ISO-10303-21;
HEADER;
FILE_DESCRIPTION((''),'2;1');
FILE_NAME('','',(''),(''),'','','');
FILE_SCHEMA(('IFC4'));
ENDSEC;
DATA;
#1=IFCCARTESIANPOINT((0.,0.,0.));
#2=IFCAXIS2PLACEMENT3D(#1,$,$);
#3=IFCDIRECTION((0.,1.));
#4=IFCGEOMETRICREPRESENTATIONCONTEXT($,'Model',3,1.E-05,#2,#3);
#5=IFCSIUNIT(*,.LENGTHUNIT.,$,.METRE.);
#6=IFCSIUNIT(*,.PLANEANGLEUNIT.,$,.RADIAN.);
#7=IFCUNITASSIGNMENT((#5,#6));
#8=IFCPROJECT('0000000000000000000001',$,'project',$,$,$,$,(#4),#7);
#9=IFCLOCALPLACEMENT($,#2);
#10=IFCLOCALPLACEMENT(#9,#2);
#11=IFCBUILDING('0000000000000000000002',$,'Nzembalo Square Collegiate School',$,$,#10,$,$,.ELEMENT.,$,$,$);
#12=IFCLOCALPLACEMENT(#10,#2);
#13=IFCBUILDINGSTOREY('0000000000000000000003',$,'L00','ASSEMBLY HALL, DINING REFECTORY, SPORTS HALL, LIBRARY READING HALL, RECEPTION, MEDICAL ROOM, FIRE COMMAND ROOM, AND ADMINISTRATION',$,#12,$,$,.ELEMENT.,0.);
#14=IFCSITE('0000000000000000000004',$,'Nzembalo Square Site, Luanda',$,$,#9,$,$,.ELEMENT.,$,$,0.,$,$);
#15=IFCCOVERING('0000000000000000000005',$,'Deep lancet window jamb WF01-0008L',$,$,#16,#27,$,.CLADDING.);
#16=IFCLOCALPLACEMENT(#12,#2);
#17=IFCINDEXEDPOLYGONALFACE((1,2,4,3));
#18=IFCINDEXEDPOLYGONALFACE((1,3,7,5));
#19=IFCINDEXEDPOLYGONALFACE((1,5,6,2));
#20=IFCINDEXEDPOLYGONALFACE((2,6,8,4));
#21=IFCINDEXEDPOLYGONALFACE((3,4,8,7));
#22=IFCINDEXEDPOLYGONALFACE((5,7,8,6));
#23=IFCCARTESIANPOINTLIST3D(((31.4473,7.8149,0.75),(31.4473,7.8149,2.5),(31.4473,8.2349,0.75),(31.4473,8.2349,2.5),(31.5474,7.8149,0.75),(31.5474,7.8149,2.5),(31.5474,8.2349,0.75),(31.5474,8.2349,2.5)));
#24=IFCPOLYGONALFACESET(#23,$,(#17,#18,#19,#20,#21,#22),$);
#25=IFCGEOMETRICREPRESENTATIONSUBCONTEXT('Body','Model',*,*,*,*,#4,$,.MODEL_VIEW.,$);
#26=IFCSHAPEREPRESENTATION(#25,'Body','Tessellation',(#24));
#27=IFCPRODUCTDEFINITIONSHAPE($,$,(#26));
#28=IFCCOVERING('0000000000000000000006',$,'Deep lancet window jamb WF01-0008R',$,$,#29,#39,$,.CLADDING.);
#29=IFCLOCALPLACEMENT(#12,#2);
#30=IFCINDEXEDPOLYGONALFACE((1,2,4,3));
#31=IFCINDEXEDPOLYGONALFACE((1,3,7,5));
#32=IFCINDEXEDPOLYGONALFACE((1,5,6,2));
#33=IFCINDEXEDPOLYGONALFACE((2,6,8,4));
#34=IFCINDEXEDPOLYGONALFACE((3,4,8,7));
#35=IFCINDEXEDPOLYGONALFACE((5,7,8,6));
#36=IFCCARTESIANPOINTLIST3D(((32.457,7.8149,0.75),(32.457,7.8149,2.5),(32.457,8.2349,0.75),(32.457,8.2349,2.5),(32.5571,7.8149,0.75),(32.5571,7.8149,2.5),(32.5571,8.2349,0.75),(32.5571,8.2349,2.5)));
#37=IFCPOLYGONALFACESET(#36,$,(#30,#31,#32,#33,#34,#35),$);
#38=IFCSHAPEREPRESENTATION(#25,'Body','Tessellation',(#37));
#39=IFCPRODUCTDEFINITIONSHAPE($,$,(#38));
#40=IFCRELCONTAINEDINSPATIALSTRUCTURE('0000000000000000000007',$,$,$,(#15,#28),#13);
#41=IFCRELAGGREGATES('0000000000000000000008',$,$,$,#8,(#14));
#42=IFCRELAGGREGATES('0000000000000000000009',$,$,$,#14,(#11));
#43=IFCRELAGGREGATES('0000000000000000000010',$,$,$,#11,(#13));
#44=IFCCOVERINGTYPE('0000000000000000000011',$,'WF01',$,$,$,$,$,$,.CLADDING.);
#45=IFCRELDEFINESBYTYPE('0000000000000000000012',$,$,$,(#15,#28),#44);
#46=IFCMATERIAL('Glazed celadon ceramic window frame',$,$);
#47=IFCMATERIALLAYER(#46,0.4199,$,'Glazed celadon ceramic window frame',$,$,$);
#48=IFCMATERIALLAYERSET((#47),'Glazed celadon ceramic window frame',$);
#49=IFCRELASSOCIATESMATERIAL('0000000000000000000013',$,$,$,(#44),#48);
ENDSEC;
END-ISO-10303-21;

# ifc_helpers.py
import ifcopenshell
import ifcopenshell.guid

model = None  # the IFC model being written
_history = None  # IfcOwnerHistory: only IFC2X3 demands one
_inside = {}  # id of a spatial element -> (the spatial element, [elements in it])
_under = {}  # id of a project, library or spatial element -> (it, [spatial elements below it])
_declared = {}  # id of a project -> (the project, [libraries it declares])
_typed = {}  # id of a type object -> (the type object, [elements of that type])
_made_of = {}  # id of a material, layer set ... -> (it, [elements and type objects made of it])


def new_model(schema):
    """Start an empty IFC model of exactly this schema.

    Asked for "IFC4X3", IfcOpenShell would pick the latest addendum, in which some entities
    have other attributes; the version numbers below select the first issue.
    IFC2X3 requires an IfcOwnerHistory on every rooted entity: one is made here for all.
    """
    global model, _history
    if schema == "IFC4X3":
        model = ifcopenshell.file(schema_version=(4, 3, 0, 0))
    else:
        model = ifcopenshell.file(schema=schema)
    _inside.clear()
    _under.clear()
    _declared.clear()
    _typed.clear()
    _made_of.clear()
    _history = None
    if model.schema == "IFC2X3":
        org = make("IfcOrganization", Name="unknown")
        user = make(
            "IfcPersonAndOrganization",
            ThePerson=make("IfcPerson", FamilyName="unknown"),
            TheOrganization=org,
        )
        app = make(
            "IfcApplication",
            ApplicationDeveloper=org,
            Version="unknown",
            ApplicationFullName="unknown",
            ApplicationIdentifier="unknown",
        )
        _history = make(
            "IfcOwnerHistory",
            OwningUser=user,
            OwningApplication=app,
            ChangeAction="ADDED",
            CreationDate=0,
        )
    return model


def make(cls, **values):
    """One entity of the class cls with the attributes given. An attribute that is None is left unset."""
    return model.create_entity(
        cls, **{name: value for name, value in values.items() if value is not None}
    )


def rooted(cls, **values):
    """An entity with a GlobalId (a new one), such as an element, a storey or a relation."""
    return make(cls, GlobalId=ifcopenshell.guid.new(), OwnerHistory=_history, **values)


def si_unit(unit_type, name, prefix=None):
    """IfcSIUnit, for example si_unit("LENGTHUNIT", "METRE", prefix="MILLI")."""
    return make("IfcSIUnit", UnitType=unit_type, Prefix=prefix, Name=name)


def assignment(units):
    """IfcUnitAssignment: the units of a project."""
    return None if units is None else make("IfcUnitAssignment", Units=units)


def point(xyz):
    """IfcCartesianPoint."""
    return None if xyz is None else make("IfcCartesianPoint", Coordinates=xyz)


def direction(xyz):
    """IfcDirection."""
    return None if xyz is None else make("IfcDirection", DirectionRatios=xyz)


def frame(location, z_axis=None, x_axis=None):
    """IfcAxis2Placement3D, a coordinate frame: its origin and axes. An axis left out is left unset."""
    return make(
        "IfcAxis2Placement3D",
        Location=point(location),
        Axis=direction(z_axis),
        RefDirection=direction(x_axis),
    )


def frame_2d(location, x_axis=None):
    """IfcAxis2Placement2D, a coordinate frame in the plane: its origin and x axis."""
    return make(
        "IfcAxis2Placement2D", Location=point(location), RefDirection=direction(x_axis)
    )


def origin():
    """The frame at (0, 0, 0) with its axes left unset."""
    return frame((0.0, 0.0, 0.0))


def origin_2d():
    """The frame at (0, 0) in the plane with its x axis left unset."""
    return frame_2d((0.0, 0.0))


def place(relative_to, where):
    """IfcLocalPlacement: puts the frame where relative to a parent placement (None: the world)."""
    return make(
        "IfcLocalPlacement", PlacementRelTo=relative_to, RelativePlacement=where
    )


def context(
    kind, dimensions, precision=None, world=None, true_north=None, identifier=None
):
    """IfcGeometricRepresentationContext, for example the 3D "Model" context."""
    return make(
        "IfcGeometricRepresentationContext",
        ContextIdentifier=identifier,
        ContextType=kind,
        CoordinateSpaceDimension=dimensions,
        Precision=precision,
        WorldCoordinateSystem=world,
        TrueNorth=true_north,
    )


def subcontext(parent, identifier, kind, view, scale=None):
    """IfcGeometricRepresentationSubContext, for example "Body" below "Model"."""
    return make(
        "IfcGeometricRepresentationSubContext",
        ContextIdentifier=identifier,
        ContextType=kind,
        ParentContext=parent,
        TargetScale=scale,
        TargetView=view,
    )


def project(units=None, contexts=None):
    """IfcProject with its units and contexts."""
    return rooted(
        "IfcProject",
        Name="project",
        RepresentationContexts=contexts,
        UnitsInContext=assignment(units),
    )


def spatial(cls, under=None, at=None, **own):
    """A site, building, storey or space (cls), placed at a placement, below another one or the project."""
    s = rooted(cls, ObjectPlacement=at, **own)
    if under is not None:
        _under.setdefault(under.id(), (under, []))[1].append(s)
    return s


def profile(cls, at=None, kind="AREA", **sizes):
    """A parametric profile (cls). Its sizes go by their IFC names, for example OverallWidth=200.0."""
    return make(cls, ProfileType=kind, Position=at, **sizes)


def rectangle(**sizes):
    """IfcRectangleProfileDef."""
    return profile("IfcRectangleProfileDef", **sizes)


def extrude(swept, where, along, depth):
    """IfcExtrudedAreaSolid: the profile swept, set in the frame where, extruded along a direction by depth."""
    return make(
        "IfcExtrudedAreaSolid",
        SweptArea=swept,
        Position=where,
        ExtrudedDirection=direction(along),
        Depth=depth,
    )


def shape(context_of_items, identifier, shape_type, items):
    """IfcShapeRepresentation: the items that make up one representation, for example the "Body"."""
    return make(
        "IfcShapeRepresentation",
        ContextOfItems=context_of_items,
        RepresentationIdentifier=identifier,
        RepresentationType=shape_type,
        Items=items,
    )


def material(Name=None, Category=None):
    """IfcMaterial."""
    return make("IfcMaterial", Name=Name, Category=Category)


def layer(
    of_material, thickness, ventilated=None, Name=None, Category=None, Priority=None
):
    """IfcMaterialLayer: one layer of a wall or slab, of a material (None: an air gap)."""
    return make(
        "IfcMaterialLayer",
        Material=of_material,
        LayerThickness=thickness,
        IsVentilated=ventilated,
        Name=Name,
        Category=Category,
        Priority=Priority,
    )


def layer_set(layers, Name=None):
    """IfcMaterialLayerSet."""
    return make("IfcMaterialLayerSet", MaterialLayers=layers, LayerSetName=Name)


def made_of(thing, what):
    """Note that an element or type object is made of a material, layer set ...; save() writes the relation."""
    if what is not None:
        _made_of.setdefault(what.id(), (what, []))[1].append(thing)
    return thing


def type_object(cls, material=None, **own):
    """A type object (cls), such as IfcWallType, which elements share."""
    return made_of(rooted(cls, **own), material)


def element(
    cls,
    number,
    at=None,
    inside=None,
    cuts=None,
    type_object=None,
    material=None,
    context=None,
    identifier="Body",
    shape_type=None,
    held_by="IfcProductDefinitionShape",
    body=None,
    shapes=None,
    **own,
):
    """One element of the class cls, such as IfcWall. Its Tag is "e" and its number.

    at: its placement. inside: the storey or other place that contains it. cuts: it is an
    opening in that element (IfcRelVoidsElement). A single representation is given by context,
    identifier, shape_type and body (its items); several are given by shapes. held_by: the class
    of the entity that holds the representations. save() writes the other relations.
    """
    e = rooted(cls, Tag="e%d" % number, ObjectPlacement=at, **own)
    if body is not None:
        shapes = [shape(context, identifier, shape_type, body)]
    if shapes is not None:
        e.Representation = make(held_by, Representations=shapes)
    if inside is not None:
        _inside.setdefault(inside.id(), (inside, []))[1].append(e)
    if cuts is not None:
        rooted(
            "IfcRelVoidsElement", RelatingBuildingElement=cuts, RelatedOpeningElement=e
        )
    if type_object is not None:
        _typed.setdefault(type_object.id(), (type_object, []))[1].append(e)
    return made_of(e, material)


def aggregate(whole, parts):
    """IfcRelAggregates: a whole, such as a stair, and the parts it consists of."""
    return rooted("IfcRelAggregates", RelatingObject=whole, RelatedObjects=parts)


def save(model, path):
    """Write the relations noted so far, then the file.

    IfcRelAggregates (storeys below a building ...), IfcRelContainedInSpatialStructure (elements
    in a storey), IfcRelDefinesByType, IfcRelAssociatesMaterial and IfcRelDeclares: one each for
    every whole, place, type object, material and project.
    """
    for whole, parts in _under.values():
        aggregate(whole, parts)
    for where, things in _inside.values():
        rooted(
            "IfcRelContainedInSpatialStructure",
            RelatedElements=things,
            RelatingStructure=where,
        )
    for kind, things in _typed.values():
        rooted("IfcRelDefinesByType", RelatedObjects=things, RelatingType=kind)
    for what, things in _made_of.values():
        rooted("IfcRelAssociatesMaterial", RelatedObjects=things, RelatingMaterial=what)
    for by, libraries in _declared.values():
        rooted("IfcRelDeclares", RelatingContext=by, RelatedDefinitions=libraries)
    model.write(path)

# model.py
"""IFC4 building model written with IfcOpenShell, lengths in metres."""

from ifc_helpers import new_model, si_unit, direction, frame, origin, origin_2d, place, context, subcontext, project, spatial, rectangle, extrude, material, layer, layer_set, type_object, element, save


model = new_model("IFC4")

# Units and contexts
model_context = context("Model", 3, precision=1e-05, world=origin(), true_north=direction((0.0, 1.0)))
body_context = subcontext(model_context, "Body", "Model", "MODEL_VIEW")
ifc_project = project(units=[si_unit("LENGTHUNIT", "METRE"), si_unit("PLANEANGLEUNIT", "RADIAN")], contexts=[model_context])

# Site, building, storey
site_placement = place(None, origin())
site = spatial("IfcSite", under=ifc_project, at=site_placement, Name="Nzembalo Square Site, Luanda", CompositionType="ELEMENT", RefElevation=0.0)
building_placement = place(site_placement, origin())
building = spatial("IfcBuilding", under=site, at=building_placement, Name="Nzembalo Square Collegiate School", CompositionType="ELEMENT")
storey_placement = place(building_placement, origin())
storey = spatial("IfcBuildingStorey", under=building, at=storey_placement, Name="L00", Description="ASSEMBLY HALL, DINING REFECTORY, SPORTS HALL, LIBRARY READING HALL, RECEPTION, MEDICAL ROOM, FIRE COMMAND ROOM, AND ADMINISTRATION", CompositionType="ELEMENT", Elevation=0.0)

# Coverings
ifc_material_1 = material(Name="Glazed celadon ceramic window frame")
ifc_layer_1 = layer(ifc_material_1, 0.4199, Name="Glazed celadon ceramic window frame")
ifc_layer_set_1 = layer_set([ifc_layer_1], Name="Glazed celadon ceramic window frame")
covering_type_1 = type_object("IfcCoveringType", Name="WF01", PredefinedType="CLADDING", material=ifc_layer_set_1)
for number, where, z_axis, x_axis, name in (
    (1, (31.4973, 8.0249, 0.75), (0.0, 0.0, 1.0), (1.0, 0.0, 0.0), "Deep lancet window jamb WF01-0008L"),
    (2, (32.5071, 8.0249, 0.75), (0.0, 0.0, 1.0), (1.0, 0.0, 0.0), "Deep lancet window jamb WF01-0008R"),
):
    element("IfcCovering", number, at=place(storey_placement, frame(where, z_axis=z_axis, x_axis=x_axis)), inside=storey, type_object=covering_type_1, Name=name, PredefinedType="CLADDING", context=body_context, shape_type="SweptSolid", body=[
        extrude(rectangle(XDim=0.1001, YDim=0.4199, at=origin_2d()), origin(), (0.0, 0.0, 1.0), 1.75),
    ])

save(model, "model.ifc")
